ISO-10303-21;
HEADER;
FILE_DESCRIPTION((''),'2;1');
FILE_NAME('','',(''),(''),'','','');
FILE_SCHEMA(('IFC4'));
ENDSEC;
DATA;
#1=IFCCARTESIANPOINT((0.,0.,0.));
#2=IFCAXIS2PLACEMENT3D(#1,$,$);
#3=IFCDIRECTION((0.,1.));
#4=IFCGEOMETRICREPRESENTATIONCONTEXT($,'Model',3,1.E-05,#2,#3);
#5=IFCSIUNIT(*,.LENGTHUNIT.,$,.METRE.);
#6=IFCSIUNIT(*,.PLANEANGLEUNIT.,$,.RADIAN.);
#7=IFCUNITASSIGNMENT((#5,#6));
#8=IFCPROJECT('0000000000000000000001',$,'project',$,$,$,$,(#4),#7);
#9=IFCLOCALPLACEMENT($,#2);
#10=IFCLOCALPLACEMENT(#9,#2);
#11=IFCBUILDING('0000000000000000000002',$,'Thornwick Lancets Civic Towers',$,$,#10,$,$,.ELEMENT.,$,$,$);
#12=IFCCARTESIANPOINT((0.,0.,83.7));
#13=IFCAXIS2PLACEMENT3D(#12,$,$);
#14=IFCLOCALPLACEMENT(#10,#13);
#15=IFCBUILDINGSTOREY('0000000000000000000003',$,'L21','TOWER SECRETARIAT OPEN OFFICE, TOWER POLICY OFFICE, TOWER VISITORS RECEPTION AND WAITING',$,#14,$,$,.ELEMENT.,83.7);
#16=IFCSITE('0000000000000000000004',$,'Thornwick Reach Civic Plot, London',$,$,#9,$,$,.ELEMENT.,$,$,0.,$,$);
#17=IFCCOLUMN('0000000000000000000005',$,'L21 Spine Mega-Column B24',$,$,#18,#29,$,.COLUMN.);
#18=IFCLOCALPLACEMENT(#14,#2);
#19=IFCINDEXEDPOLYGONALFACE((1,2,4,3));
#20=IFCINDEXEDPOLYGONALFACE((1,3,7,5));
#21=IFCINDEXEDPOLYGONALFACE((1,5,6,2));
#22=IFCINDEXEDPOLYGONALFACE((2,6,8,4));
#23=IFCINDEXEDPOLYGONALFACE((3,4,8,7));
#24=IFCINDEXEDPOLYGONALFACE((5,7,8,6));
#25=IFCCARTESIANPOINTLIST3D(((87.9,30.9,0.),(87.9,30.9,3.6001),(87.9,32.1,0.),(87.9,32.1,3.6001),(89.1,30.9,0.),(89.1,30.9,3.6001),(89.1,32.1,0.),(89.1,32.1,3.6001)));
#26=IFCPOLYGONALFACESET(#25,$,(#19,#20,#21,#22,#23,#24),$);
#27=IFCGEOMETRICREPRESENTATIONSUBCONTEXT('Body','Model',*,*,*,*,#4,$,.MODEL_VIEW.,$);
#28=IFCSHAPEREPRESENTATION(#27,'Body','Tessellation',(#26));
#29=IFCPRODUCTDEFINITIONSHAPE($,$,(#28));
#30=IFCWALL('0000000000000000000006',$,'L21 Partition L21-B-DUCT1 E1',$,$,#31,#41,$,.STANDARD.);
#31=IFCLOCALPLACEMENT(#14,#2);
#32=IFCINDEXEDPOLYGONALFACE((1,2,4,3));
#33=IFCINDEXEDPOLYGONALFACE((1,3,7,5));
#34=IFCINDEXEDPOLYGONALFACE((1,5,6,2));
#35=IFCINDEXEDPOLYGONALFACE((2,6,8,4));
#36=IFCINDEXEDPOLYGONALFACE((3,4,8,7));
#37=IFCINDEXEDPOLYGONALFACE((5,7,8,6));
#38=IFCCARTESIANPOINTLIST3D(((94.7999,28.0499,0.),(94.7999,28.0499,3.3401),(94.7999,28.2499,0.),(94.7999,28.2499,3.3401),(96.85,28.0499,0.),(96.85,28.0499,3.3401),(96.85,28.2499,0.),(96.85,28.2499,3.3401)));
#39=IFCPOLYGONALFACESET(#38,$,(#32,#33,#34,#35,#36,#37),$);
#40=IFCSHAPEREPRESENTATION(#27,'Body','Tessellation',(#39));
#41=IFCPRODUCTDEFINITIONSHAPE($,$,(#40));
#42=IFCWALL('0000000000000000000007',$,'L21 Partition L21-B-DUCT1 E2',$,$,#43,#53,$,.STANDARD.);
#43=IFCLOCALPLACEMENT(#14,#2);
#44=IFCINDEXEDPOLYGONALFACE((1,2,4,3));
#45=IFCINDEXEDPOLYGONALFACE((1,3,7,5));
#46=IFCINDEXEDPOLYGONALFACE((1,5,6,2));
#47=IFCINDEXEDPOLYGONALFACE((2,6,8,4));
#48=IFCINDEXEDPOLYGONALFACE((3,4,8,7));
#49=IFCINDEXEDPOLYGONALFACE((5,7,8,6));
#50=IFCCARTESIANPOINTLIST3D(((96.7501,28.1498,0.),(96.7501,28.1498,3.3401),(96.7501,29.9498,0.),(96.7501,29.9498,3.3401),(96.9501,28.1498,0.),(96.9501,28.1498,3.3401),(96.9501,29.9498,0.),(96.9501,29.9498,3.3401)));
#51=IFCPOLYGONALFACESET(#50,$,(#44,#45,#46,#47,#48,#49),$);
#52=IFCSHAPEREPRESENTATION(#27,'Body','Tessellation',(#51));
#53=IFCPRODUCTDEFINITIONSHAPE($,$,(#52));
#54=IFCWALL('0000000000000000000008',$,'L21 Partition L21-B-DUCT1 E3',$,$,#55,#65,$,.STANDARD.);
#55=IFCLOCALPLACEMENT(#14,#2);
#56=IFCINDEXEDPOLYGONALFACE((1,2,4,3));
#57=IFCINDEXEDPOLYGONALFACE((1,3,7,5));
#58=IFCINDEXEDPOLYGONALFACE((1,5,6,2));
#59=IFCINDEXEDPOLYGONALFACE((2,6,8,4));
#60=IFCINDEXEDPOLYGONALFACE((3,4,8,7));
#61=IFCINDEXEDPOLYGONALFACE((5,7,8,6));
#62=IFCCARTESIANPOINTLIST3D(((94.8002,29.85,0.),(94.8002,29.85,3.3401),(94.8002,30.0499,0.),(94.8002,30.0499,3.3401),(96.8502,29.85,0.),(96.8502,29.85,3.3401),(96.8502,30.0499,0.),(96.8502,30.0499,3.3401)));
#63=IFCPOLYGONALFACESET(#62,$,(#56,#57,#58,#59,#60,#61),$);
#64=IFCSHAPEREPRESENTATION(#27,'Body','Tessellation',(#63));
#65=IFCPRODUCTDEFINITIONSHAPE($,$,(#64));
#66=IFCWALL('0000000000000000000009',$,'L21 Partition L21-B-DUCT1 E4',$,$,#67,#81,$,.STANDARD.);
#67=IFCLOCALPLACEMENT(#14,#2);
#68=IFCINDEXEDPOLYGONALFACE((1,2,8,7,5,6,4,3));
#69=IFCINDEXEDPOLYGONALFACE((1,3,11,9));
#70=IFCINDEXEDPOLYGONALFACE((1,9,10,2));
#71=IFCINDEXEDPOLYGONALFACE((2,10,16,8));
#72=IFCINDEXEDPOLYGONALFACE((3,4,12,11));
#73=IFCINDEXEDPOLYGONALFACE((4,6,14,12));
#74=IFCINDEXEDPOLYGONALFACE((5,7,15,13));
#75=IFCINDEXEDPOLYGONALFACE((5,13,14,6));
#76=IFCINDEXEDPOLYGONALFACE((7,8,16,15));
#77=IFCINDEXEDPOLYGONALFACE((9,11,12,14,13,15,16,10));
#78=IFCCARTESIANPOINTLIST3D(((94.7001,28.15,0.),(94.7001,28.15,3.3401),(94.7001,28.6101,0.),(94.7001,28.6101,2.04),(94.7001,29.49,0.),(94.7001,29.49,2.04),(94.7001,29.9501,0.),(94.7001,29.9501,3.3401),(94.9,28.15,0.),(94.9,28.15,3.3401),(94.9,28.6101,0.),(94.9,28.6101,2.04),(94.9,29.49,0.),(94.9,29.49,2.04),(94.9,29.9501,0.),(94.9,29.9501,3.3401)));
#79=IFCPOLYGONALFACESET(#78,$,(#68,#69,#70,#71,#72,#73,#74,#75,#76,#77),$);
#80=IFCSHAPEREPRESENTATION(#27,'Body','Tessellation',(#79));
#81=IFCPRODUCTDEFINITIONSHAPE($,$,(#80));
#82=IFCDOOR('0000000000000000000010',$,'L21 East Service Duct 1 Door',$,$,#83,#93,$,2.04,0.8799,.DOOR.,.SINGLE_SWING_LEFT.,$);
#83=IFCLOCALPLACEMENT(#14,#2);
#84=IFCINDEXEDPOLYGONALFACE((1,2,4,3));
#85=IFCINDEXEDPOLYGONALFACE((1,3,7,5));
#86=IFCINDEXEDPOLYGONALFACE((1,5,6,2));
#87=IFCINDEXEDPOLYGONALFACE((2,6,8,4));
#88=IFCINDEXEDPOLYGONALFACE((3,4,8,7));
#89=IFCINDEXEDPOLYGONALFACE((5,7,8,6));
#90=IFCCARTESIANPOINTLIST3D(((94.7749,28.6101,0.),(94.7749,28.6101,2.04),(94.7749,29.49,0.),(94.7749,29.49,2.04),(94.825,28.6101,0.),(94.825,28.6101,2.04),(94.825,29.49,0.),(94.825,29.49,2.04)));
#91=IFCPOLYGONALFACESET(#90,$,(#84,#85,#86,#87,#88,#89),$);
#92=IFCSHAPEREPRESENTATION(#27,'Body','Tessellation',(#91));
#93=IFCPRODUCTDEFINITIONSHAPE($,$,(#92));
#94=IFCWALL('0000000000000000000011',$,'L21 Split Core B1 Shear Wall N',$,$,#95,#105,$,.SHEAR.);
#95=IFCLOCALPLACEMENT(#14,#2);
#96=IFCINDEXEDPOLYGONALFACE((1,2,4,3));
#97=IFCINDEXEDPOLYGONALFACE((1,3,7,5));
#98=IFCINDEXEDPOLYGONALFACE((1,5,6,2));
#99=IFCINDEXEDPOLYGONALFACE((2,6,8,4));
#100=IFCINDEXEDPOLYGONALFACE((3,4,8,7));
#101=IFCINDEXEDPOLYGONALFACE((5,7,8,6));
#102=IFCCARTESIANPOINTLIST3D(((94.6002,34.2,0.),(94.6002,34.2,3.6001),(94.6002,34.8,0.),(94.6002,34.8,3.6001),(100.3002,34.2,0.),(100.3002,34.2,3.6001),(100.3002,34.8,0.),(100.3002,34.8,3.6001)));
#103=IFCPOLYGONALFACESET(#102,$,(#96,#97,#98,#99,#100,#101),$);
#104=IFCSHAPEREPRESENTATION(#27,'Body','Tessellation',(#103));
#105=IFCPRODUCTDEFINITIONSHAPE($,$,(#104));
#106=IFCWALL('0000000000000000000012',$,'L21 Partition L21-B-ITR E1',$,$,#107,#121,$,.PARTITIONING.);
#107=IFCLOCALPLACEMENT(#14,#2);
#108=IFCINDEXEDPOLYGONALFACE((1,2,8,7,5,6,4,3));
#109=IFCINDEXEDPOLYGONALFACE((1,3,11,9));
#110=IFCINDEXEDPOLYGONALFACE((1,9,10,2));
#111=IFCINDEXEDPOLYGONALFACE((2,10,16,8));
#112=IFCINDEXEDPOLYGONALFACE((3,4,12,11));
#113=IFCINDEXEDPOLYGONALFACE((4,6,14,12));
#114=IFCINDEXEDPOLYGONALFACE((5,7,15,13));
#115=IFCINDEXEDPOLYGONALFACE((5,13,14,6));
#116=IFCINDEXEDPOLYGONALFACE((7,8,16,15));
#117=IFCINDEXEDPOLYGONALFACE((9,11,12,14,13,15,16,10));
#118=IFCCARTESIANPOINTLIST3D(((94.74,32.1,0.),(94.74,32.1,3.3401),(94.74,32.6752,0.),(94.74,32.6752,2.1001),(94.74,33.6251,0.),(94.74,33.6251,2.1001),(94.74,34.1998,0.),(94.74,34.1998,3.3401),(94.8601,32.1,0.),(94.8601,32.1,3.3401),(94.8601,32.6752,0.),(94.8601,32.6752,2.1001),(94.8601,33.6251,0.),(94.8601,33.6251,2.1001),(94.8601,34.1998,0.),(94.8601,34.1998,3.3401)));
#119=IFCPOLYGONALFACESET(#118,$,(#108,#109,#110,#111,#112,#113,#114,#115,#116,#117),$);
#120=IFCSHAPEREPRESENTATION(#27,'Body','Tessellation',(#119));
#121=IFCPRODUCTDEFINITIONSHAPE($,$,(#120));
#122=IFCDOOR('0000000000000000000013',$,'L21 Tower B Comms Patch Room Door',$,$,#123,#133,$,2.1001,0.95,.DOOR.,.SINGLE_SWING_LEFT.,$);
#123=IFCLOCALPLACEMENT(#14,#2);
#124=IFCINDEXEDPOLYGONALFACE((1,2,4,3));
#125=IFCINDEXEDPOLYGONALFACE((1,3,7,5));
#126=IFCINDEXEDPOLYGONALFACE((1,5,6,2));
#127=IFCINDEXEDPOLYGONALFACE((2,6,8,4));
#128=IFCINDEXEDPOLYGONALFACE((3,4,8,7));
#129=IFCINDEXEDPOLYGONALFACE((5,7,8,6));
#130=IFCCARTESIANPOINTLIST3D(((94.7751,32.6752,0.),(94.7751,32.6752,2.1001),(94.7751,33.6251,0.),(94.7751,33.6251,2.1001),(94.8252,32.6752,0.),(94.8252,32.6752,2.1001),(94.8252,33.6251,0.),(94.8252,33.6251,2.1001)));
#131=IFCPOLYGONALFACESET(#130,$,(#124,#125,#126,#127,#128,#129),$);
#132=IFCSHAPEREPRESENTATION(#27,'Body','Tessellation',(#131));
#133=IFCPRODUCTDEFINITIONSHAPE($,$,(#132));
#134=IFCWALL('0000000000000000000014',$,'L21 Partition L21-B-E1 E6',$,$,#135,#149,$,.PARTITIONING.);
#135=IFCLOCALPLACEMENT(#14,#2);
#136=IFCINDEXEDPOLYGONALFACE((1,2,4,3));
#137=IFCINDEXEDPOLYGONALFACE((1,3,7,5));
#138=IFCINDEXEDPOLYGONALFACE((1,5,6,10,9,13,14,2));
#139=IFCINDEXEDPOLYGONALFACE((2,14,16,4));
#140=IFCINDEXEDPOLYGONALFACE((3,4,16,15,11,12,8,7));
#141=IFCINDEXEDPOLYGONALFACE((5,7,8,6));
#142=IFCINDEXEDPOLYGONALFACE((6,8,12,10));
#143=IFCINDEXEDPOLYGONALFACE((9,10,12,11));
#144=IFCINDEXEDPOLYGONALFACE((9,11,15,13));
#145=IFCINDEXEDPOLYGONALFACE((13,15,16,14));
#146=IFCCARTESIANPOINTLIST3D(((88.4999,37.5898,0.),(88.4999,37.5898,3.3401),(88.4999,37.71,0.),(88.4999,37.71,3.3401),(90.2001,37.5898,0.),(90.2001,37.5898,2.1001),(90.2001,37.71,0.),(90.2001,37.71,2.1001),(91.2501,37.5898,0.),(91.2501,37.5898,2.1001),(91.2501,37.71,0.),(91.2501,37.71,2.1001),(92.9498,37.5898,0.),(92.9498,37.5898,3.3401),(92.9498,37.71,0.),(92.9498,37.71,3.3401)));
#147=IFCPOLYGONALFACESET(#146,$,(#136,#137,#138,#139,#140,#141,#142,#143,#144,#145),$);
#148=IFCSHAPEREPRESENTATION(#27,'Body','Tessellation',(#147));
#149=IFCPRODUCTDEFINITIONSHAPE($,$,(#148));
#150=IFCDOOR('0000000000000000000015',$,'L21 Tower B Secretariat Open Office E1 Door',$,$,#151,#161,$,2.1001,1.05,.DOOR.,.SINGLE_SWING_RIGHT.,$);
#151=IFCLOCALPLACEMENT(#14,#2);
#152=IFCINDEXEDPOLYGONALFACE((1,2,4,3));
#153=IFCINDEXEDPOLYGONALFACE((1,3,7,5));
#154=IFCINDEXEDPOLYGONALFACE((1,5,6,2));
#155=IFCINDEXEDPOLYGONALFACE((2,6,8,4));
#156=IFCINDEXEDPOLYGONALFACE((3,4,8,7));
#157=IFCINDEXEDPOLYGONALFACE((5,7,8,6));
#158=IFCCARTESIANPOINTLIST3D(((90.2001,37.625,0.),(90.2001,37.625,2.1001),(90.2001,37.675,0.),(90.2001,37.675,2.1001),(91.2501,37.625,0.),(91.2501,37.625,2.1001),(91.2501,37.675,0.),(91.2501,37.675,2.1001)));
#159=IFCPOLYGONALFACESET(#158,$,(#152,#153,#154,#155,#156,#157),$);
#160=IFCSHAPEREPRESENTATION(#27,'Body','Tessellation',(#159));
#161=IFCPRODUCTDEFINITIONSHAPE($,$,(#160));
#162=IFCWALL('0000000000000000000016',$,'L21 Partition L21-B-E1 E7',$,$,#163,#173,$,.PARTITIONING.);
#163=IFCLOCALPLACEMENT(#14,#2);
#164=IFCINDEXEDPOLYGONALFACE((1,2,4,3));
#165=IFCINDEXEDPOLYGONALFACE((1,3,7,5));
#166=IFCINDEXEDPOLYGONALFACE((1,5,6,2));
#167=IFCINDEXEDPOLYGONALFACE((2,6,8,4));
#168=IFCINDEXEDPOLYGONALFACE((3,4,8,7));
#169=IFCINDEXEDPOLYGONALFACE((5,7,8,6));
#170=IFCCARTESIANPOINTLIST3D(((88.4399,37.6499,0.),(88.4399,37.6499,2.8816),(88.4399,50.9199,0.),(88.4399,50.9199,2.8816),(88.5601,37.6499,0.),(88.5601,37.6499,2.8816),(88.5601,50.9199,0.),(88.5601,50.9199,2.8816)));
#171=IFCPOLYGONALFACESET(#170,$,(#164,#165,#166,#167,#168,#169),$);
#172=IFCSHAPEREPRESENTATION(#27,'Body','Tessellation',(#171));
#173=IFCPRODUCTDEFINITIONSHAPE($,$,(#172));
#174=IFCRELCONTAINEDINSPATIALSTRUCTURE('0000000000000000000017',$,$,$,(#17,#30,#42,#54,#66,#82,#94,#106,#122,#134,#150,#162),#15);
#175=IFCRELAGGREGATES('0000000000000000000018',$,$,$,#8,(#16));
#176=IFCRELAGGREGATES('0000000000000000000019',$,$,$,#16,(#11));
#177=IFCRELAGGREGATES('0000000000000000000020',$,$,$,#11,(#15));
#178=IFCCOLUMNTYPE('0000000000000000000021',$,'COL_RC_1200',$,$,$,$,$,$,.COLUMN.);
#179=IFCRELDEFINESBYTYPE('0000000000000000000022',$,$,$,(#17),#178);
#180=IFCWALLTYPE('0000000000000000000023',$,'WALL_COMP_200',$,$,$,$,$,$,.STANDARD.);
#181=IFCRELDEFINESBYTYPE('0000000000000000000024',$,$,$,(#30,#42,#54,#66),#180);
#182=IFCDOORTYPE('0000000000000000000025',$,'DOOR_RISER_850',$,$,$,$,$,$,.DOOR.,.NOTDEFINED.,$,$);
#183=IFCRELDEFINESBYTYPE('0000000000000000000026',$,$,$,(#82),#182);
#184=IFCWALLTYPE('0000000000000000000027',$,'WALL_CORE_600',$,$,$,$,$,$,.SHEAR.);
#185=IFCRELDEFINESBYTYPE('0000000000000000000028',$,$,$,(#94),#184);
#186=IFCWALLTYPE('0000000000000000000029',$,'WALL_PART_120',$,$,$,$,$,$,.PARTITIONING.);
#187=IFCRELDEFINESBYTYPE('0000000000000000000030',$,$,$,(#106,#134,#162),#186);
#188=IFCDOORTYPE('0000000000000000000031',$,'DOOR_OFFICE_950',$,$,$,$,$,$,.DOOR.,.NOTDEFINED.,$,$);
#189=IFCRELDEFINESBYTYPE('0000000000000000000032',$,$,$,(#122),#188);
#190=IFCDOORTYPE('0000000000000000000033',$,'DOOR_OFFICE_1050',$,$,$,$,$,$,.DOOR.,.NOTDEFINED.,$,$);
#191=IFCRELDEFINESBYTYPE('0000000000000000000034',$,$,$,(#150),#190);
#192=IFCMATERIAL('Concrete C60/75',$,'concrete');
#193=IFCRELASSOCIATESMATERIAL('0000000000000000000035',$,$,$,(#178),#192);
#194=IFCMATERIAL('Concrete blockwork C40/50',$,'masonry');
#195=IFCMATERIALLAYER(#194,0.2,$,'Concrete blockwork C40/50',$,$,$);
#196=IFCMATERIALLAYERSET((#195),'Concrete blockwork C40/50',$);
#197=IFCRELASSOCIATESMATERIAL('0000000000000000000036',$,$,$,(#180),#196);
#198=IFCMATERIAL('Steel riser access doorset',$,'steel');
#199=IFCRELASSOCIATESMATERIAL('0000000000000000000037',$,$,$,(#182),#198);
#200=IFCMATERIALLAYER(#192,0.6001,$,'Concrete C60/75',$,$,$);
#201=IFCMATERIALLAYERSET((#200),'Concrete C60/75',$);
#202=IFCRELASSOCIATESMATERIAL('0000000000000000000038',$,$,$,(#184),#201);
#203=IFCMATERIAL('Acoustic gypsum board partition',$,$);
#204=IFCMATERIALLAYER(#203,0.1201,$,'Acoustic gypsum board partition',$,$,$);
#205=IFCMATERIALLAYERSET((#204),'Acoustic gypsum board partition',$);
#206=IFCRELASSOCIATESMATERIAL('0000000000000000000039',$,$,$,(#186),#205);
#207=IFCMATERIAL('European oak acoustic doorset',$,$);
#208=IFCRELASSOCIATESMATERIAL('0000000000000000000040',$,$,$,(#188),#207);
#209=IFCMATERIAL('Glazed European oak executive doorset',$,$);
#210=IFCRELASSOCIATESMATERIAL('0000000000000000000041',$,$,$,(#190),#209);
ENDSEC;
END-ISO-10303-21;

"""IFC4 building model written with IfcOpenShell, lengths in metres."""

from ifc_helpers import new_model, si_unit, direction, frame, frame_2d, origin, origin_2d, place, context, subcontext, project, spatial, rectangle, extrude, material, layer, layer_set, material_profile, profile_set, type_object, element, fill, save


model = new_model("IFC4")

# Units and contexts
model_context = context("Model", 3, precision=1e-05, world=origin(), true_north=direction((0.0, 1.0)))
body_context = subcontext(model_context, "Body", "Model", "MODEL_VIEW")
ifc_project = project(units=[si_unit("LENGTHUNIT", "METRE"), si_unit("PLANEANGLEUNIT", "RADIAN")], contexts=[model_context])

# Site, building, storey
site_placement = place(None, origin())
site = spatial("IfcSite", under=ifc_project, at=site_placement, Name="Thornwick Reach Civic Plot, London", CompositionType="ELEMENT", RefElevation=0.0)
building_placement = place(site_placement, origin())
building = spatial("IfcBuilding", under=site, at=building_placement, Name="Thornwick Lancets Civic Towers", CompositionType="ELEMENT")
storey_placement = place(building_placement, frame((0.0, 0.0, 83.7)))
storey = spatial("IfcBuildingStorey", under=building, at=storey_placement, Name="L21", Description="TOWER SECRETARIAT OPEN OFFICE, TOWER POLICY OFFICE, TOWER VISITORS RECEPTION AND WAITING", CompositionType="ELEMENT", Elevation=83.7)

# Column
ifc_material_1 = material(Name="Concrete C60/75", Category="concrete")
ifc_material_profile = material_profile(ifc_material_1, rectangle(XDim=1.2, YDim=1.2, at=origin_2d()), Name="RC 1200x1200")
ifc_profile_set = profile_set([ifc_material_profile], Name="Concrete C60/75")
column_type = type_object("IfcColumnType", Name="COL_RC_1200", PredefinedType="COLUMN", material=ifc_profile_set)
column_placement = place(storey_placement, frame((88.5, 31.5, 0.0), z_axis=(0.0, 0.0, 1.0), x_axis=(1.0, 0.0, 0.0)))
element("IfcColumn", 1, at=column_placement, inside=storey, type_object=column_type, Name="L21 Spine Mega-Column B24", PredefinedType="COLUMN", context=body_context, shape_type="SweptSolid", body=[
    extrude(rectangle(XDim=1.2, YDim=1.2, at=origin_2d()), origin(), (0.0, 0.0, 1.0), 3.6001),
])

# Walls
ifc_material_2 = material(Name="Concrete blockwork C40/50", Category="masonry")
ifc_layer_1 = layer(ifc_material_2, 0.2, Name="Concrete blockwork C40/50")
ifc_layer_set_1 = layer_set([ifc_layer_1], Name="Concrete blockwork C40/50")
wall_type_1 = type_object("IfcWallType", Name="WALL_COMP_200", PredefinedType="STANDARD", material=ifc_layer_set_1)
wall_1_placement = place(storey_placement, frame((94.8, 28.1499, 0.0), z_axis=(0.0, 0.0, 1.0), x_axis=(1.0, 0.0, 0.0)))
element("IfcWall", 2, at=wall_1_placement, inside=storey, type_object=wall_type_1, Name="L21 Partition L21-B-DUCT1 E1", PredefinedType="STANDARD", context=body_context, shape_type="SweptSolid", body=[
    extrude(rectangle(XDim=2.05, YDim=0.2, at=frame_2d((1.0249, 0.0))), origin(), (0.0, 0.0, 1.0), 3.3401),
])
wall_2_placement = place(storey_placement, frame((96.8501, 28.1499, 0.0), z_axis=(0.0, 0.0, 1.0), x_axis=(0.0, 1.0, 0.0)))
element("IfcWall", 3, at=wall_2_placement, inside=storey, type_object=wall_type_1, Name="L21 Partition L21-B-DUCT1 E2", PredefinedType="STANDARD", context=body_context, shape_type="SweptSolid", body=[
    extrude(rectangle(XDim=1.8, YDim=0.2, at=frame_2d((0.8999, 0.0))), origin(), (0.0, 0.0, 1.0), 3.3401),
])
wall_3_placement = place(storey_placement, frame((96.8501, 29.95, 0.0), z_axis=(0.0, 0.0, 1.0), x_axis=(-1.0, 0.0, 0.0)))
element("IfcWall", 4, at=wall_3_placement, inside=storey, type_object=wall_type_1, Name="L21 Partition L21-B-DUCT1 E3", PredefinedType="STANDARD", context=body_context, shape_type="SweptSolid", body=[
    extrude(rectangle(XDim=2.05, YDim=0.2, at=frame_2d((1.0249, 0.0))), origin(), (0.0, 0.0, 1.0), 3.3401),
])

# Wall, opening, door
wall_4_placement = place(storey_placement, frame((94.8, 29.95, 0.0), z_axis=(0.0, 0.0, 1.0), x_axis=(0.0, -1.0, 0.0)))
wall_4 = element("IfcWall", 5, at=wall_4_placement, inside=storey, type_object=wall_type_1, Name="L21 Partition L21-B-DUCT1 E4", PredefinedType="STANDARD", context=body_context, shape_type="SweptSolid", body=[
    extrude(rectangle(XDim=1.8, YDim=0.2, at=frame_2d((0.8999, 0.0))), origin(), (0.0, 0.0, 1.0), 3.3401),
])
opening_1_placement = place(wall_4_placement, frame((0.46, 0.0, 0.0)))
opening_1 = element("IfcOpeningElement", 6, at=opening_1_placement, cuts=wall_4, PredefinedType="OPENING", context=body_context, shape_type="SweptSolid", body=[
    extrude(rectangle(XDim=0.8799, YDim=2.04, at=frame_2d((0.4399, 1.02))), frame((0.0, 0.1099, 0.0), z_axis=(0.0, -1.0, 0.0), x_axis=(1.0, 0.0, 0.0)), (0.0, 0.0, 1.0), 0.22),
])
ifc_material_3 = material(Name="Steel riser access doorset", Category="steel")
door_type_1 = type_object("IfcDoorType", Name="DOOR_RISER_850", OperationType="NOTDEFINED", PredefinedType="DOOR", material=ifc_material_3)
door_1_placement = place(opening_1_placement, origin())
door_1 = element("IfcDoor", 7, at=door_1_placement, inside=storey, type_object=door_type_1, Name="L21 East Service Duct 1 Door", OperationType="SINGLE_SWING_LEFT", OverallHeight=2.04, OverallWidth=0.8799, PredefinedType="DOOR", context=body_context, shape_type="SweptSolid", body=[
    extrude(rectangle(XDim=0.8799, YDim=2.04, at=frame_2d((0.4399, 1.02))), frame((0.0, 0.0249, 0.0), z_axis=(0.0, -1.0, 0.0), x_axis=(1.0, 0.0, 0.0)), (0.0, 0.0, 1.0), 0.05),
])
fill(opening_1, door_1)

# Wall
ifc_layer_2 = layer(ifc_material_1, 0.6001, Name="Concrete C60/75")
ifc_layer_set_2 = layer_set([ifc_layer_2], Name="Concrete C60/75")
wall_type_2 = type_object("IfcWallType", Name="WALL_CORE_600", PredefinedType="SHEAR", material=ifc_layer_set_2)
wall_5_placement = place(storey_placement, frame((94.6001, 34.5, 0.0), z_axis=(0.0, 0.0, 1.0), x_axis=(1.0, 0.0, 0.0)))
element("IfcWall", 8, at=wall_5_placement, inside=storey, type_object=wall_type_2, Name="L21 Split Core B1 Shear Wall N", PredefinedType="SHEAR", context=body_context, shape_type="SweptSolid", body=[
    extrude(rectangle(XDim=5.7, YDim=0.6001, at=frame_2d((2.8501, 0.0))), origin(), (0.0, 0.0, 1.0), 3.6001),
])

# Walls, openings, doors
ifc_material_4 = material(Name="Acoustic gypsum board partition")
ifc_layer_3 = layer(ifc_material_4, 0.1201, Name="Acoustic gypsum board partition")
ifc_layer_set_3 = layer_set([ifc_layer_3], Name="Acoustic gypsum board partition")
wall_type_3 = type_object("IfcWallType", Name="WALL_PART_120", PredefinedType="PARTITIONING", material=ifc_layer_set_3)
wall_6_placement = place(storey_placement, frame((94.8, 32.1001, 0.0), z_axis=(0.0, 0.0, 1.0), x_axis=(0.0, 1.0, 0.0)))
wall_6 = element("IfcWall", 9, at=wall_6_placement, inside=storey, type_object=wall_type_3, Name="L21 Partition L21-B-ITR E1", PredefinedType="PARTITIONING", context=body_context, shape_type="SweptSolid", body=[
    extrude(rectangle(XDim=2.0999, YDim=0.1201, at=frame_2d((1.0498, 0.0))), origin(), (0.0, 0.0, 1.0), 3.3401),
])
opening_2_placement = place(wall_6_placement, frame((0.575, 0.0, 0.0)))
opening_2 = element("IfcOpeningElement", 10, at=opening_2_placement, cuts=wall_6, PredefinedType="OPENING", context=body_context, shape_type="SweptSolid", body=[
    extrude(rectangle(XDim=0.95, YDim=2.1001, at=frame_2d((0.4751, 1.05))), frame((0.0, 0.0701, 0.0), z_axis=(0.0, -1.0, 0.0), x_axis=(1.0, 0.0, 0.0)), (0.0, 0.0, 1.0), 0.1401),
])
ifc_material_5 = material(Name="European oak acoustic doorset")
door_type_2 = type_object("IfcDoorType", Name="DOOR_OFFICE_950", OperationType="NOTDEFINED", PredefinedType="DOOR", material=ifc_material_5)
door_2_placement = place(opening_2_placement, origin())
door_2 = element("IfcDoor", 11, at=door_2_placement, inside=storey, type_object=door_type_2, Name="L21 Tower B Comms Patch Room Door", OperationType="SINGLE_SWING_LEFT", OverallHeight=2.1001, OverallWidth=0.95, PredefinedType="DOOR", context=body_context, shape_type="SweptSolid", body=[
    extrude(rectangle(XDim=0.95, YDim=2.1001, at=frame_2d((0.4751, 1.05))), frame((0.0, 0.0249, 0.0), z_axis=(0.0, -1.0, 0.0), x_axis=(1.0, 0.0, 0.0)), (0.0, 0.0, 1.0), 0.05),
])
fill(opening_2, door_2)
wall_7_placement = place(storey_placement, frame((92.95, 37.6499, 0.0), z_axis=(0.0, 0.0, 1.0), x_axis=(-1.0, 0.0, 0.0)))
wall_7 = element("IfcWall", 12, at=wall_7_placement, inside=storey, type_object=wall_type_3, Name="L21 Partition L21-B-E1 E6", PredefinedType="PARTITIONING", context=body_context, shape_type="SweptSolid", body=[
    extrude(rectangle(XDim=4.45, YDim=0.1201, at=frame_2d((2.2251, 0.0))), origin(), (0.0, 0.0, 1.0), 3.3401),
])
opening_3_placement = place(wall_7_placement, frame((1.7, 0.0, 0.0)))
opening_3 = element("IfcOpeningElement", 13, at=opening_3_placement, cuts=wall_7, PredefinedType="OPENING", context=body_context, shape_type="SweptSolid", body=[
    extrude(rectangle(XDim=1.05, YDim=2.1001, at=frame_2d((0.5249, 1.05))), frame((0.0, 0.0701, 0.0), z_axis=(0.0, -1.0, 0.0), x_axis=(1.0, 0.0, 0.0)), (0.0, 0.0, 1.0), 0.1401),
])
ifc_material_6 = material(Name="Glazed European oak executive doorset")
door_type_3 = type_object("IfcDoorType", Name="DOOR_OFFICE_1050", OperationType="NOTDEFINED", PredefinedType="DOOR", material=ifc_material_6)
door_3_placement = place(opening_3_placement, origin())
door_3 = element("IfcDoor", 14, at=door_3_placement, inside=storey, type_object=door_type_3, Name="L21 Tower B Secretariat Open Office E1 Door", OperationType="SINGLE_SWING_RIGHT", OverallHeight=2.1001, OverallWidth=1.05, PredefinedType="DOOR", context=body_context, shape_type="SweptSolid", body=[
    extrude(rectangle(XDim=1.05, YDim=2.1001, at=frame_2d((0.5249, 1.05))), frame((0.0, 0.0249, 0.0), z_axis=(0.0, -1.0, 0.0), x_axis=(1.0, 0.0, 0.0)), (0.0, 0.0, 1.0), 0.05),
])
fill(opening_3, door_3)

# Wall
wall_8_placement = place(storey_placement, frame((88.5, 37.6499, 0.0), z_axis=(0.0, 0.0, 1.0), x_axis=(0.0, 1.0, 0.0)))
element("IfcWall", 15, at=wall_8_placement, inside=storey, type_object=wall_type_3, Name="L21 Partition L21-B-E1 E7", PredefinedType="PARTITIONING", context=body_context, shape_type="SweptSolid", body=[
    extrude(rectangle(XDim=13.27, YDim=0.1201, at=frame_2d((6.635, 0.0))), origin(), (0.0, 0.0, 1.0), 2.8816),
])

save(model, "model.ifc")
